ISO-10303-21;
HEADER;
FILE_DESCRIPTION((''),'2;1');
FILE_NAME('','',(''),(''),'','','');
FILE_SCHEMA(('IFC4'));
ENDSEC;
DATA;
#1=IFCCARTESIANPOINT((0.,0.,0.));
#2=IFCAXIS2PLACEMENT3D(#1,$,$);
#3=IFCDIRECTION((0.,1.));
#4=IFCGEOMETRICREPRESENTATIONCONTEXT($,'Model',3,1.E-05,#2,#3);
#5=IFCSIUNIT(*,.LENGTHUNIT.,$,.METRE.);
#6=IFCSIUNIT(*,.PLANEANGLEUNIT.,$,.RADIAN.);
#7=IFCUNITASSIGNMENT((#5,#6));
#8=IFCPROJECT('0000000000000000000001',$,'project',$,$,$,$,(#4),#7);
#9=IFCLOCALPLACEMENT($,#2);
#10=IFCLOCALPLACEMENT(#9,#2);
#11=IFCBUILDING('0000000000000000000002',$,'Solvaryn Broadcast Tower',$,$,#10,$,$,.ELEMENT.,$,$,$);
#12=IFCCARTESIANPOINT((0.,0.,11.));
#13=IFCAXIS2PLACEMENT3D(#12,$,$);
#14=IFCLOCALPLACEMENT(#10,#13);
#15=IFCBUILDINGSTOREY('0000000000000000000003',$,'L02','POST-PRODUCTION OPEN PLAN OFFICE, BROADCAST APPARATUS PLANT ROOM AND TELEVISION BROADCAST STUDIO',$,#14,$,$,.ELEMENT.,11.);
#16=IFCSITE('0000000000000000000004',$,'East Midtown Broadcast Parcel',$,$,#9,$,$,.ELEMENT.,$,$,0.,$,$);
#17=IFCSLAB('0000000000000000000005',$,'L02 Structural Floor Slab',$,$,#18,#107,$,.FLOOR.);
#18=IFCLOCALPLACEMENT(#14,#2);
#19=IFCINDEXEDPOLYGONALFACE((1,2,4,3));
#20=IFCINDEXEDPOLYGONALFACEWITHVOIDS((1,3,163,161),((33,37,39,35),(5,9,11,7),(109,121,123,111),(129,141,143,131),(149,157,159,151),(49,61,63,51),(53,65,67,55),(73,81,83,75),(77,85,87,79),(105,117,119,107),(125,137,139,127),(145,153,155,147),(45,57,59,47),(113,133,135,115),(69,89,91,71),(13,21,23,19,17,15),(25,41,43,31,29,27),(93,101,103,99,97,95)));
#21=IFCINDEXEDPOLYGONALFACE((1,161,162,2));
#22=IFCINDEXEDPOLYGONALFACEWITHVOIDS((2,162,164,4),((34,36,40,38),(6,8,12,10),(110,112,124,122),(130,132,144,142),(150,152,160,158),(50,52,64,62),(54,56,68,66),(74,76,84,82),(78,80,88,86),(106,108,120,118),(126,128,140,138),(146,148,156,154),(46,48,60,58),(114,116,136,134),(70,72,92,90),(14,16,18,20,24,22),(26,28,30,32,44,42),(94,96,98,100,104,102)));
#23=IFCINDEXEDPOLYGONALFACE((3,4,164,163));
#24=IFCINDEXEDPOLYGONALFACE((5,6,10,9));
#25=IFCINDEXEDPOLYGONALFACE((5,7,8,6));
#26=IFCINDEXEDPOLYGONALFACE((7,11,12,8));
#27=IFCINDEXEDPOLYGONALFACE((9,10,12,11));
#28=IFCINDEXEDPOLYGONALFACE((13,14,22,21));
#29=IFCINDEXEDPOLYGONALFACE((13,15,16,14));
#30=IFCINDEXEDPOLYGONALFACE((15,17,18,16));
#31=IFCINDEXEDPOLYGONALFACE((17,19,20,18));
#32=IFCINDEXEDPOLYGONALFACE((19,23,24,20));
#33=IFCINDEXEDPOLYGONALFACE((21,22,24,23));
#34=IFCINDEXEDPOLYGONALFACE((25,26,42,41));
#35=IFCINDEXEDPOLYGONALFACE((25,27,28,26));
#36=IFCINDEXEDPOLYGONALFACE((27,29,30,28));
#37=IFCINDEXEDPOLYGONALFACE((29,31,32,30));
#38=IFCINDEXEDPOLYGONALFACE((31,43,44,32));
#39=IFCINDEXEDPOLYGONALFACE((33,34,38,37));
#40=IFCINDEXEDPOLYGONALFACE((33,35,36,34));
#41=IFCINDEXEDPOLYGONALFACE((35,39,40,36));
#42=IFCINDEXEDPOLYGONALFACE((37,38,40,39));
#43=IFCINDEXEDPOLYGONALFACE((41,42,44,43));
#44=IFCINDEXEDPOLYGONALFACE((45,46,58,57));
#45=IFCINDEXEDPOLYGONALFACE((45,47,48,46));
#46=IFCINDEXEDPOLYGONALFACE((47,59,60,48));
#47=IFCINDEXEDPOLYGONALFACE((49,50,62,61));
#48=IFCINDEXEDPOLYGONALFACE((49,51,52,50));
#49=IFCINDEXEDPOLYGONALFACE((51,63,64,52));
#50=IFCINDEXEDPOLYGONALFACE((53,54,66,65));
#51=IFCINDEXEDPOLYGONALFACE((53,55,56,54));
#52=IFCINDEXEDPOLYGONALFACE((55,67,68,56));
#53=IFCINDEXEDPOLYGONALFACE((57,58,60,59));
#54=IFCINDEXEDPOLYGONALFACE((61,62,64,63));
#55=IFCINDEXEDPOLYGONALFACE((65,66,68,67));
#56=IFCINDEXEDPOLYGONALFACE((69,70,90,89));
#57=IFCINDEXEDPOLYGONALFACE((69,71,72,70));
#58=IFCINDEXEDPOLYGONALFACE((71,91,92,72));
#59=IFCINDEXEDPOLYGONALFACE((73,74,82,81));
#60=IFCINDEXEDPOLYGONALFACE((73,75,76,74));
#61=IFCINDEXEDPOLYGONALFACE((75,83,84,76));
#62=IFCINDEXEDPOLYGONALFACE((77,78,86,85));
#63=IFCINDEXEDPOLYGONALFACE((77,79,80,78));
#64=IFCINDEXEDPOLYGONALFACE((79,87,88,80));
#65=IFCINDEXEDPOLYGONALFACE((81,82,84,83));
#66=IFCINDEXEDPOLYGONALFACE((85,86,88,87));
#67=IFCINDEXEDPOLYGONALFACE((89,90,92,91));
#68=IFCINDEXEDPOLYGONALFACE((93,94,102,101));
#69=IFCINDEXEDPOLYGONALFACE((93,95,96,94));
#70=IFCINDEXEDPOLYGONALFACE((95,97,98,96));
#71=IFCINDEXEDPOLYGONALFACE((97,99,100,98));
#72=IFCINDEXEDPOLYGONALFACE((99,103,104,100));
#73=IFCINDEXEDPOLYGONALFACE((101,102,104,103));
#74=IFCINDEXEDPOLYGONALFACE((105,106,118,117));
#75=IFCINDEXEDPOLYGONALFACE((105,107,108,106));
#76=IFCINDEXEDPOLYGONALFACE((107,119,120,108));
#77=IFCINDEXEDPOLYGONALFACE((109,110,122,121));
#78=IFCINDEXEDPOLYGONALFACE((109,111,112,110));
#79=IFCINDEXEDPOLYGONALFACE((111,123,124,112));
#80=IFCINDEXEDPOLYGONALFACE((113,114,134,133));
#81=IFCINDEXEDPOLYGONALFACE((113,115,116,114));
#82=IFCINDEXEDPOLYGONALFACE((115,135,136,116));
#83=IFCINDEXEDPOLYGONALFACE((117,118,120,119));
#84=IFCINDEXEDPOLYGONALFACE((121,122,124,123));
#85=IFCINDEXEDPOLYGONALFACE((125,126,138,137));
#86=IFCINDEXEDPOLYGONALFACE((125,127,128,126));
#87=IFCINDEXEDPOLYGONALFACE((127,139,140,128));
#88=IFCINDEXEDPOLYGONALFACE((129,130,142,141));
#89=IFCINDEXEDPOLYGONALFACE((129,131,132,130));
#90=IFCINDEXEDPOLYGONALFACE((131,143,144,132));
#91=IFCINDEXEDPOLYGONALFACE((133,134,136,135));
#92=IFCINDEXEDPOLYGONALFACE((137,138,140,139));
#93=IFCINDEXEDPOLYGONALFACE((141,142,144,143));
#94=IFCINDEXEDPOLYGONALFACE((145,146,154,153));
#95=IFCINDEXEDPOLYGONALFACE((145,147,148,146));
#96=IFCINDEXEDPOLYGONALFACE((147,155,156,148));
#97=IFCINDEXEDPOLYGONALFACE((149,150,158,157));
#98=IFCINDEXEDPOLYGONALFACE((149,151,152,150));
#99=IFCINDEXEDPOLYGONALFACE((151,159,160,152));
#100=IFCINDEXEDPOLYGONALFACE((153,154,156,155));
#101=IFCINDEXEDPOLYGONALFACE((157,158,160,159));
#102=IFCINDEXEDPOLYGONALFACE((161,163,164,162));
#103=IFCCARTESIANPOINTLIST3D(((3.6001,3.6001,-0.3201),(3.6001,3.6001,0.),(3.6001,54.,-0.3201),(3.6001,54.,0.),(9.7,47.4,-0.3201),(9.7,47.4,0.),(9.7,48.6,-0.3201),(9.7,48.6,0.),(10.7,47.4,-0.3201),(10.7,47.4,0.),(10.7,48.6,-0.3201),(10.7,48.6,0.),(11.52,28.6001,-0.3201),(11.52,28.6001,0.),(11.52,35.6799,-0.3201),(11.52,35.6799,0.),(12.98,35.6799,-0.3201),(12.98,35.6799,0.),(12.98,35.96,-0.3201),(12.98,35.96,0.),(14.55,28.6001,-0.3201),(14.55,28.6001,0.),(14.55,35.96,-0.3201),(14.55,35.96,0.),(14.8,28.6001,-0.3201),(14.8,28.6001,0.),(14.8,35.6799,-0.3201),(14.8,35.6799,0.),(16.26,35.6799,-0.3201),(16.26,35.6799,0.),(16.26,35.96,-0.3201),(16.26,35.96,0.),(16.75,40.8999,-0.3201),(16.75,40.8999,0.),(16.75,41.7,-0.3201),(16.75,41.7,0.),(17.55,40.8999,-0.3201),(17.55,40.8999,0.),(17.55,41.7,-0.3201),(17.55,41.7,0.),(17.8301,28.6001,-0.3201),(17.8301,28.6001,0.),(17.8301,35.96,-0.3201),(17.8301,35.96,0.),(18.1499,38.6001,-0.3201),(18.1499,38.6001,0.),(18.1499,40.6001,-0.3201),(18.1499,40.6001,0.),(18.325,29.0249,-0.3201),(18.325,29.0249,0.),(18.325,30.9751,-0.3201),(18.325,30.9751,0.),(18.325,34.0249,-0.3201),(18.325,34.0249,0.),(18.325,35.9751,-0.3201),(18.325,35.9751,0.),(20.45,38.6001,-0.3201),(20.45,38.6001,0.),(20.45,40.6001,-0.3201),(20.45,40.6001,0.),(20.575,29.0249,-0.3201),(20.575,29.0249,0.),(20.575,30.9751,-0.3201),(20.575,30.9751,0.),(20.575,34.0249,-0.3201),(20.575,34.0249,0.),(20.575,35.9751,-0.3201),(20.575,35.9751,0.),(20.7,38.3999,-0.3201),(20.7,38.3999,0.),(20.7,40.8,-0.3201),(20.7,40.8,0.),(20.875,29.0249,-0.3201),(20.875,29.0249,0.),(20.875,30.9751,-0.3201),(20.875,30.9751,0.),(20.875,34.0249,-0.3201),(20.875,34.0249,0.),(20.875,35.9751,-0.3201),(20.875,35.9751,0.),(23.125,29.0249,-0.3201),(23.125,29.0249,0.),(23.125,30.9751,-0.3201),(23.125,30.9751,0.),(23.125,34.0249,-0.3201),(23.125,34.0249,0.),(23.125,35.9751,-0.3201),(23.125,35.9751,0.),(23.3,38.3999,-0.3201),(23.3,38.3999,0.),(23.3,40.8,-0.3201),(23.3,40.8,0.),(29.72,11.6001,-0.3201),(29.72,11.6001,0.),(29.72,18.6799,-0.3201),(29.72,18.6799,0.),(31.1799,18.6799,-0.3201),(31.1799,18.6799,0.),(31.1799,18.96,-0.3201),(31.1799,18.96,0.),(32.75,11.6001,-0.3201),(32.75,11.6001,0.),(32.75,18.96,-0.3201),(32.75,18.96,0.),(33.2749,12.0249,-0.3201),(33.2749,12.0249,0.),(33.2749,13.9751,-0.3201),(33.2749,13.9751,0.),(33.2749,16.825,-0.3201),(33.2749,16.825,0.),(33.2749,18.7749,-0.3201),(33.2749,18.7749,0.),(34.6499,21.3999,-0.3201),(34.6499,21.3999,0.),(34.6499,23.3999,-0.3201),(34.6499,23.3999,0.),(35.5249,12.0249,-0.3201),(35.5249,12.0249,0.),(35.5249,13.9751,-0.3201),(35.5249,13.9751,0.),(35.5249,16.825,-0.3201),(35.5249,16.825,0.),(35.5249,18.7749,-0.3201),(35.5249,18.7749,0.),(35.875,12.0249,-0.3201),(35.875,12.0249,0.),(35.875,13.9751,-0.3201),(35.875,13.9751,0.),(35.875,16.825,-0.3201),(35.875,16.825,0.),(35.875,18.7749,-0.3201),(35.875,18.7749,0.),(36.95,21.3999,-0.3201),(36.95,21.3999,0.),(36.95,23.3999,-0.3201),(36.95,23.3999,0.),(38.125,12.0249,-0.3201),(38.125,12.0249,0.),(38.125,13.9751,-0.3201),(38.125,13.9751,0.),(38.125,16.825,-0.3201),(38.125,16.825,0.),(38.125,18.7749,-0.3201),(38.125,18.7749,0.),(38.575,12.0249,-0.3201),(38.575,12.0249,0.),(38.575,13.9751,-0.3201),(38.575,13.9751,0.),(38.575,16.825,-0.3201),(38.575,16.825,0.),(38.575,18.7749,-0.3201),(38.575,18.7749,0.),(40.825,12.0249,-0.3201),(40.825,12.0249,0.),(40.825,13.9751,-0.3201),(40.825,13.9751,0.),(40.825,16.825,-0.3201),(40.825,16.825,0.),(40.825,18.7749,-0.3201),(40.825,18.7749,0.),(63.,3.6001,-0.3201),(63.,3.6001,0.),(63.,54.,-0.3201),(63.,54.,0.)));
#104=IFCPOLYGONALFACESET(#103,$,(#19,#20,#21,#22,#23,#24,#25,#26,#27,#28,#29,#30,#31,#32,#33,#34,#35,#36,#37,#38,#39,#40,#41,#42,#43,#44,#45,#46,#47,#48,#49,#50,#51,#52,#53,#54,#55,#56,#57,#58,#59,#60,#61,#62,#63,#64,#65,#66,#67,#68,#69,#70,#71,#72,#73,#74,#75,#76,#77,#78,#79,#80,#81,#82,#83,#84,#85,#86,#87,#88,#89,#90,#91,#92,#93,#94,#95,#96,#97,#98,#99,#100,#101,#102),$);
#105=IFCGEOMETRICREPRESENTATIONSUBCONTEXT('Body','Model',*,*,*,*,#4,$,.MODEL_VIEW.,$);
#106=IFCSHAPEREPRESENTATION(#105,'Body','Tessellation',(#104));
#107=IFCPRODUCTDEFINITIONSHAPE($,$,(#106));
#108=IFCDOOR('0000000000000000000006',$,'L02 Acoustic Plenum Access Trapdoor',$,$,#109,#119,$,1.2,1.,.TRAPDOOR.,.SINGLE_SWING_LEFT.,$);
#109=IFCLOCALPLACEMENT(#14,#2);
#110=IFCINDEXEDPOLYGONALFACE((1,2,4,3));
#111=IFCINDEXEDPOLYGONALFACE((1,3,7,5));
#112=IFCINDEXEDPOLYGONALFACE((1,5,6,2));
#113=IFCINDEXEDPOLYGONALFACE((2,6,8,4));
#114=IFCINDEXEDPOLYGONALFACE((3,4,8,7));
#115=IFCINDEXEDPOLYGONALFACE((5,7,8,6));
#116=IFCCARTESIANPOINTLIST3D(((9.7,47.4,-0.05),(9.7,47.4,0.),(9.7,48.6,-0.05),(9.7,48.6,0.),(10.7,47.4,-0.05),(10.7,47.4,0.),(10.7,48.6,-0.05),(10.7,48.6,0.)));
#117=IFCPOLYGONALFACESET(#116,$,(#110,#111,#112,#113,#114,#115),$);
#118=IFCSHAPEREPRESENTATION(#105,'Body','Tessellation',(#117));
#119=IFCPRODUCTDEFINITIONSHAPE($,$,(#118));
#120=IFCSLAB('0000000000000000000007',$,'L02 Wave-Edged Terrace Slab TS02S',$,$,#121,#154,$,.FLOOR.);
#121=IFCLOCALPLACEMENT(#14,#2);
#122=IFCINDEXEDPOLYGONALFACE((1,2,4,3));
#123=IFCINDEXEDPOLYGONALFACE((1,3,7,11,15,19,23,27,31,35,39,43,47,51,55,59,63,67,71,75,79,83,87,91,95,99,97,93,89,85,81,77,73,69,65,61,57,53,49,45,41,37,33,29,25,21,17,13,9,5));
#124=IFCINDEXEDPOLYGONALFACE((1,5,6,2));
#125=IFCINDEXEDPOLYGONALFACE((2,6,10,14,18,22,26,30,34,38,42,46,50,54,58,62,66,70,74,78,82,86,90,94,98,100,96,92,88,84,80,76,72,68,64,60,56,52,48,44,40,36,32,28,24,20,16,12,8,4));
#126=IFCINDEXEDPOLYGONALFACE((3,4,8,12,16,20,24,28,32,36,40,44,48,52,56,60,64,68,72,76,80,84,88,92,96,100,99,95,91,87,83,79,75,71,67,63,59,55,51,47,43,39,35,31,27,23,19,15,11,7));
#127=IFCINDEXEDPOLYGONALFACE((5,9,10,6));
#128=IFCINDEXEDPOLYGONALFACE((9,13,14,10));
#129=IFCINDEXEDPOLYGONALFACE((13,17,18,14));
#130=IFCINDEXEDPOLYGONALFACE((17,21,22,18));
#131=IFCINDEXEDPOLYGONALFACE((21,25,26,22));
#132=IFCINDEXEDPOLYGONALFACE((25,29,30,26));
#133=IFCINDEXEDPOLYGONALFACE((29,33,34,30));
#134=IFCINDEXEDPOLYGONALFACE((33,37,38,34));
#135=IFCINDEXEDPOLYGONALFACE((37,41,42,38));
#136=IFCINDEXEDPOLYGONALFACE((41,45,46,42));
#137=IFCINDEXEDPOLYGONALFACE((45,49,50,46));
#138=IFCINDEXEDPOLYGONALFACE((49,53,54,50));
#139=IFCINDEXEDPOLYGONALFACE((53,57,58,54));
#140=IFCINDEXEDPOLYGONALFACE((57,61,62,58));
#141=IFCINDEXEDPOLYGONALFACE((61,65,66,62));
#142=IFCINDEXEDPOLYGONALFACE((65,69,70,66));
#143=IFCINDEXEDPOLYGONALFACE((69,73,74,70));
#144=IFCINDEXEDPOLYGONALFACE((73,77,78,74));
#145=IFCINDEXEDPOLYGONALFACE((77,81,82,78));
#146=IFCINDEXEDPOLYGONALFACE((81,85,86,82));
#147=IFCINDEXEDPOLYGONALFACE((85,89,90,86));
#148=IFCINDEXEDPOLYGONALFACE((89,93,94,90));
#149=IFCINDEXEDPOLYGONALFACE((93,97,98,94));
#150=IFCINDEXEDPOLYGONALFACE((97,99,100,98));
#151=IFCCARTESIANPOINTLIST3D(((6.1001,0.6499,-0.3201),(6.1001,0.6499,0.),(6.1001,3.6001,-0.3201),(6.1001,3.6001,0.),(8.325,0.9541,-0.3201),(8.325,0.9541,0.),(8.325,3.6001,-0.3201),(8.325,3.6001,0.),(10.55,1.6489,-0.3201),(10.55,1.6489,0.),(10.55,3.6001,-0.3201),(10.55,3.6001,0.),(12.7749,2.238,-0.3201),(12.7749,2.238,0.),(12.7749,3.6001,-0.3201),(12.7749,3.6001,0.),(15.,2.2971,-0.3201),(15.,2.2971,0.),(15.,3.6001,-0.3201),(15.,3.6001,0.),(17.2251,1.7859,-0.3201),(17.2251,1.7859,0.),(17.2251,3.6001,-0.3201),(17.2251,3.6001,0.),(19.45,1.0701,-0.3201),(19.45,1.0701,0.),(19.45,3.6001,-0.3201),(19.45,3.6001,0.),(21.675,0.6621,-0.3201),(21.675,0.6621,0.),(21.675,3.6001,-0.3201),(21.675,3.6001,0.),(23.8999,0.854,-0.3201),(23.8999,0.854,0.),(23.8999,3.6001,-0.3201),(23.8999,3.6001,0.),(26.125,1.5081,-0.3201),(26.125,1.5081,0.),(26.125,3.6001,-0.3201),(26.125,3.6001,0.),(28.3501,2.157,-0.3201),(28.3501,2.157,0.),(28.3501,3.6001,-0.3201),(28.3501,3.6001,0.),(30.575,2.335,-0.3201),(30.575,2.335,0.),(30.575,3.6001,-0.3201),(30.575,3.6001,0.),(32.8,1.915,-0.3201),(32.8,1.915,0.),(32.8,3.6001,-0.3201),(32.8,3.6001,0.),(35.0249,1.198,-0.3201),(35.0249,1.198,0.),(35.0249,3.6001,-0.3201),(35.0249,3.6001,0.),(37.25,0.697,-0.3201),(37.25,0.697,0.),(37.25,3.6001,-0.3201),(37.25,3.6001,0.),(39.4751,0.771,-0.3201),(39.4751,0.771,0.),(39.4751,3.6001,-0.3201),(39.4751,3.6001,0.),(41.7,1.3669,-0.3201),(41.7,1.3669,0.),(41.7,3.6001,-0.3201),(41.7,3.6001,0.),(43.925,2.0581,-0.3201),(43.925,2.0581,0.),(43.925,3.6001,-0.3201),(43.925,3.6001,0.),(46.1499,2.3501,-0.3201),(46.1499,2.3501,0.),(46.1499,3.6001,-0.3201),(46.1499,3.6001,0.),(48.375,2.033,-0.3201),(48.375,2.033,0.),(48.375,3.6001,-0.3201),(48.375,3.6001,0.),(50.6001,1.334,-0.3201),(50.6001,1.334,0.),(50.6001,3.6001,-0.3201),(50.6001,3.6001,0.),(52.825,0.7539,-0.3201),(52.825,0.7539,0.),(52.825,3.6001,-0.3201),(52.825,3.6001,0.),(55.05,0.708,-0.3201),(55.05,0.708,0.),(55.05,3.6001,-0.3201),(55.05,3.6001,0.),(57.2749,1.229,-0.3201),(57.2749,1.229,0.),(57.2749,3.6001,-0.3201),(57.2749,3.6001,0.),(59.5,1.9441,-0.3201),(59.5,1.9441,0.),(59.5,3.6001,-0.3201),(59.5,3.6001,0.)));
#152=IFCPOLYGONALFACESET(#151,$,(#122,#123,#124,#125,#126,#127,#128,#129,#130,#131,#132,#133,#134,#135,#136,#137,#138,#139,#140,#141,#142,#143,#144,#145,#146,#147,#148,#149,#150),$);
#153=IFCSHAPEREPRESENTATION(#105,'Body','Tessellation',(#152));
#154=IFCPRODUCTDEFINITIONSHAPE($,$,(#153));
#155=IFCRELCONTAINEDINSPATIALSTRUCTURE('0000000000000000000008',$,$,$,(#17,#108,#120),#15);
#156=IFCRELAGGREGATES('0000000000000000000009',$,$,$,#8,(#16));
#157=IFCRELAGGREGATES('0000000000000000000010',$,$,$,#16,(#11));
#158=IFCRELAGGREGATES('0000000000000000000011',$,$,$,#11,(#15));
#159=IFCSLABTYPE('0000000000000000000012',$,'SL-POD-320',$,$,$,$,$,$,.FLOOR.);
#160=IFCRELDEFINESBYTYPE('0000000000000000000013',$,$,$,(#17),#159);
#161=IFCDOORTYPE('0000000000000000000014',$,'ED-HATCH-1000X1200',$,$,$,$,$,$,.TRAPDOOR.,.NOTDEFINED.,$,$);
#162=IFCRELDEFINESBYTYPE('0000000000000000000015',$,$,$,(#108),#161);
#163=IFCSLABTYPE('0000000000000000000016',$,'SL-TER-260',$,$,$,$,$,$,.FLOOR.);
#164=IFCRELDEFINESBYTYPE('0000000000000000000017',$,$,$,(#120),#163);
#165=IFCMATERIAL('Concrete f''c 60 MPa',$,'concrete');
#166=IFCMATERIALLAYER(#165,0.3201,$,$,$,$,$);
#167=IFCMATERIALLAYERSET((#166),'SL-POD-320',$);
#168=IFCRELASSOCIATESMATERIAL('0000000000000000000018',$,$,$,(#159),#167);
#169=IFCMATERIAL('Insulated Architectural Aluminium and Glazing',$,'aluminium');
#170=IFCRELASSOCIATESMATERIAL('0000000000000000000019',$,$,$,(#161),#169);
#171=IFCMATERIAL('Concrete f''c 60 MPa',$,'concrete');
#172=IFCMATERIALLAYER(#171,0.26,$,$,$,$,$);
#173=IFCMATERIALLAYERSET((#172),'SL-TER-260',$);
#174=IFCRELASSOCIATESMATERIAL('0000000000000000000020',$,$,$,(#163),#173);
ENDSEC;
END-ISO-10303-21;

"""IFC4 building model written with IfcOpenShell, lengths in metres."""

from ifc_helpers import new_model, si_unit, direction, frame, origin, origin_2d, place, context, subcontext, project, spatial, polyline, rectangle, outline, extrude, material, layer, layer_set, type_object, element, fill, save


model = new_model("IFC4")

# Units and contexts
model_context = context("Model", 3, precision=1e-05, world=origin(), true_north=direction((0.0, 1.0)))
body_context = subcontext(model_context, "Body", "Model", "MODEL_VIEW")
ifc_project = project(units=[si_unit("LENGTHUNIT", "METRE"), si_unit("PLANEANGLEUNIT", "RADIAN")], contexts=[model_context])

# Site, building, storey
site_placement = place(None, origin())
site = spatial("IfcSite", under=ifc_project, at=site_placement, Name="East Midtown Broadcast Parcel", CompositionType="ELEMENT", RefElevation=0.0)
building_placement = place(site_placement, origin())
building = spatial("IfcBuilding", under=site, at=building_placement, Name="Solvaryn Broadcast Tower", CompositionType="ELEMENT")
storey_placement = place(building_placement, frame((0.0, 0.0, 11.0)))
storey = spatial("IfcBuildingStorey", under=building, at=storey_placement, Name="L02", Description="POST-PRODUCTION OPEN PLAN OFFICE, BROADCAST APPARATUS PLANT ROOM AND TELEVISION BROADCAST STUDIO", CompositionType="ELEMENT", Elevation=11.0)

# Slab, opening, door
ifc_material_1 = material(Name="Concrete f'c 60 MPa", Category="concrete")
ifc_layer_1 = layer(ifc_material_1, 0.3201)
ifc_layer_set_1 = layer_set([ifc_layer_1], Name="SL-POD-320")
slab_type_1 = type_object("IfcSlabType", Name="SL-POD-320", PredefinedType="FLOOR", material=ifc_layer_set_1)
slab_1_placement = place(storey_placement, frame((0.0, 0.0, -0.3201)))
slab_1 = element("IfcSlab", 1, at=slab_1_placement, inside=storey, type_object=slab_type_1, Name="L02 Structural Floor Slab", PredefinedType="FLOOR", context=body_context, shape_type="SweptSolid", body=[
    extrude(outline(polyline([(3.6001, 3.6001), (63.0, 3.6001), (63.0, 54.0), (3.6001, 54.0), (3.6001, 3.6001)]), holes=[polyline([(11.52, 28.6001), (14.55, 28.6001), (14.55, 35.96), (12.98, 35.96), (12.98, 35.6799), (11.52, 35.6799), (11.52, 28.6001)]), polyline([(14.8, 28.6001), (17.8301, 28.6001), (17.8301, 35.96), (16.26, 35.96), (16.26, 35.6799), (14.8, 35.6799), (14.8, 28.6001)]), polyline([(29.72, 11.6001), (32.75, 11.6001), (32.75, 18.96), (31.1799, 18.96), (31.1799, 18.6799), (29.72, 18.6799), (29.72, 11.6001)]), polyline([(18.1499, 38.6001), (20.45, 38.6001), (20.45, 40.6001), (18.1499, 40.6001), (18.1499, 38.6001)]), polyline([(20.7, 38.3999), (23.3, 38.3999), (23.3, 40.8), (20.7, 40.8), (20.7, 38.3999)]), polyline([(18.325, 29.0249), (20.575, 29.0249), (20.575, 30.9751), (18.325, 30.9751), (18.325, 29.0249)]), polyline([(20.875, 29.0249), (23.125, 29.0249), (23.125, 30.9751), (20.875, 30.9751), (20.875, 29.0249)]), polyline([(18.325, 34.0249), (20.575, 34.0249), (20.575, 35.9751), (18.325, 35.9751), (18.325, 34.0249)]), polyline([(20.875, 34.0249), (23.125, 34.0249), (23.125, 35.9751), (20.875, 35.9751), (20.875, 34.0249)]), polyline([(34.6499, 21.3999), (36.95, 21.3999), (36.95, 23.3999), (34.6499, 23.3999), (34.6499, 21.3999)]), polyline([(33.2749, 12.0249), (35.5249, 12.0249), (35.5249, 13.9751), (33.2749, 13.9751), (33.2749, 12.0249)]), polyline([(35.875, 12.0249), (38.125, 12.0249), (38.125, 13.9751), (35.875, 13.9751), (35.875, 12.0249)]), polyline([(33.2749, 16.825), (35.5249, 16.825), (35.5249, 18.7749), (33.2749, 18.7749), (33.2749, 16.825)]), polyline([(35.875, 16.825), (38.125, 16.825), (38.125, 18.7749), (35.875, 18.7749), (35.875, 16.825)]), polyline([(38.575, 12.0249), (40.825, 12.0249), (40.825, 13.9751), (38.575, 13.9751), (38.575, 12.0249)]), polyline([(38.575, 16.825), (40.825, 16.825), (40.825, 18.7749), (38.575, 18.7749), (38.575, 16.825)]), polyline([(16.75, 40.8999), (17.55, 40.8999), (17.55, 41.7), (16.75, 41.7), (16.75, 40.8999)])]), origin(), (0.0, 0.0, 1.0), 0.3201),
])
opening_1_placement = place(slab_1_placement, frame((10.2, 48.0, 0.0)))
opening_1 = element("IfcOpeningElement", 2, at=opening_1_placement, cuts=slab_1, PredefinedType="OPENING", context=body_context, shape_type="SweptSolid", body=[
    extrude(rectangle(XDim=1.0, YDim=1.2, at=origin_2d()), origin(), (0.0, 0.0, 1.0), 0.3201),
])
ifc_material_2 = material(Name="Insulated Architectural Aluminium and Glazing", Category="aluminium")
door_type_1 = type_object("IfcDoorType", Name="ED-HATCH-1000X1200", OperationType="NOTDEFINED", PredefinedType="TRAPDOOR", material=ifc_material_2)
door_1_placement = place(opening_1_placement, frame((0.0, 0.0, 0.27)))
door_1 = element("IfcDoor", 3, at=door_1_placement, inside=storey, type_object=door_type_1, Name="L02 Acoustic Plenum Access Trapdoor", OperationType="SINGLE_SWING_LEFT", OverallHeight=1.2, OverallWidth=1.0, PredefinedType="TRAPDOOR", context=body_context, shape_type="SweptSolid", body=[
    extrude(rectangle(XDim=1.0, YDim=1.2, at=origin_2d()), origin(), (0.0, 0.0, 1.0), 0.05),
])
fill(opening_1, door_1)

# Slab
ifc_material_3 = material(Name="Concrete f'c 60 MPa", Category="concrete")
ifc_layer_2 = layer(ifc_material_3, 0.26)
ifc_layer_set_2 = layer_set([ifc_layer_2], Name="SL-TER-260")
slab_type_2 = type_object("IfcSlabType", Name="SL-TER-260", PredefinedType="FLOOR", material=ifc_layer_set_2)
slab_2_placement = place(storey_placement, frame((0.0, 0.0, -0.3201)))
element("IfcSlab", 4, at=slab_2_placement, inside=storey, type_object=slab_type_2, Name="L02 Wave-Edged Terrace Slab TS02S", PredefinedType="FLOOR", context=body_context, shape_type="SweptSolid", body=[
    extrude(outline(polyline([(6.1001, 0.6499), (8.325, 0.9541), (10.55, 1.6489), (12.7749, 2.238), (15.0, 2.2971), (17.2251, 1.7859), (19.45, 1.0701), (21.675, 0.6621), (23.8999, 0.854), (26.125, 1.5081), (28.3501, 2.157), (30.575, 2.335), (32.8, 1.915), (35.0249, 1.198), (37.25, 0.697), (39.4751, 0.771), (41.7, 1.3669), (43.925, 2.0581), (46.1499, 2.3501), (48.375, 2.033), (50.6001, 1.334), (52.825, 0.7539), (55.05, 0.708), (57.2749, 1.229), (59.5, 1.9441), (59.5, 3.6001), (57.2749, 3.6001), (55.05, 3.6001), (52.825, 3.6001), (50.6001, 3.6001), (48.375, 3.6001), (46.1499, 3.6001), (43.925, 3.6001), (41.7, 3.6001), (39.4751, 3.6001), (37.25, 3.6001), (35.0249, 3.6001), (32.8, 3.6001), (30.575, 3.6001), (28.3501, 3.6001), (26.125, 3.6001), (23.8999, 3.6001), (21.675, 3.6001), (19.45, 3.6001), (17.2251, 3.6001), (15.0, 3.6001), (12.7749, 3.6001), (10.55, 3.6001), (8.325, 3.6001), (6.1001, 3.6001), (6.1001, 0.6499)])), origin(), (0.0, 0.0, 1.0), 0.3201),
])

save(model, "model.ifc")
